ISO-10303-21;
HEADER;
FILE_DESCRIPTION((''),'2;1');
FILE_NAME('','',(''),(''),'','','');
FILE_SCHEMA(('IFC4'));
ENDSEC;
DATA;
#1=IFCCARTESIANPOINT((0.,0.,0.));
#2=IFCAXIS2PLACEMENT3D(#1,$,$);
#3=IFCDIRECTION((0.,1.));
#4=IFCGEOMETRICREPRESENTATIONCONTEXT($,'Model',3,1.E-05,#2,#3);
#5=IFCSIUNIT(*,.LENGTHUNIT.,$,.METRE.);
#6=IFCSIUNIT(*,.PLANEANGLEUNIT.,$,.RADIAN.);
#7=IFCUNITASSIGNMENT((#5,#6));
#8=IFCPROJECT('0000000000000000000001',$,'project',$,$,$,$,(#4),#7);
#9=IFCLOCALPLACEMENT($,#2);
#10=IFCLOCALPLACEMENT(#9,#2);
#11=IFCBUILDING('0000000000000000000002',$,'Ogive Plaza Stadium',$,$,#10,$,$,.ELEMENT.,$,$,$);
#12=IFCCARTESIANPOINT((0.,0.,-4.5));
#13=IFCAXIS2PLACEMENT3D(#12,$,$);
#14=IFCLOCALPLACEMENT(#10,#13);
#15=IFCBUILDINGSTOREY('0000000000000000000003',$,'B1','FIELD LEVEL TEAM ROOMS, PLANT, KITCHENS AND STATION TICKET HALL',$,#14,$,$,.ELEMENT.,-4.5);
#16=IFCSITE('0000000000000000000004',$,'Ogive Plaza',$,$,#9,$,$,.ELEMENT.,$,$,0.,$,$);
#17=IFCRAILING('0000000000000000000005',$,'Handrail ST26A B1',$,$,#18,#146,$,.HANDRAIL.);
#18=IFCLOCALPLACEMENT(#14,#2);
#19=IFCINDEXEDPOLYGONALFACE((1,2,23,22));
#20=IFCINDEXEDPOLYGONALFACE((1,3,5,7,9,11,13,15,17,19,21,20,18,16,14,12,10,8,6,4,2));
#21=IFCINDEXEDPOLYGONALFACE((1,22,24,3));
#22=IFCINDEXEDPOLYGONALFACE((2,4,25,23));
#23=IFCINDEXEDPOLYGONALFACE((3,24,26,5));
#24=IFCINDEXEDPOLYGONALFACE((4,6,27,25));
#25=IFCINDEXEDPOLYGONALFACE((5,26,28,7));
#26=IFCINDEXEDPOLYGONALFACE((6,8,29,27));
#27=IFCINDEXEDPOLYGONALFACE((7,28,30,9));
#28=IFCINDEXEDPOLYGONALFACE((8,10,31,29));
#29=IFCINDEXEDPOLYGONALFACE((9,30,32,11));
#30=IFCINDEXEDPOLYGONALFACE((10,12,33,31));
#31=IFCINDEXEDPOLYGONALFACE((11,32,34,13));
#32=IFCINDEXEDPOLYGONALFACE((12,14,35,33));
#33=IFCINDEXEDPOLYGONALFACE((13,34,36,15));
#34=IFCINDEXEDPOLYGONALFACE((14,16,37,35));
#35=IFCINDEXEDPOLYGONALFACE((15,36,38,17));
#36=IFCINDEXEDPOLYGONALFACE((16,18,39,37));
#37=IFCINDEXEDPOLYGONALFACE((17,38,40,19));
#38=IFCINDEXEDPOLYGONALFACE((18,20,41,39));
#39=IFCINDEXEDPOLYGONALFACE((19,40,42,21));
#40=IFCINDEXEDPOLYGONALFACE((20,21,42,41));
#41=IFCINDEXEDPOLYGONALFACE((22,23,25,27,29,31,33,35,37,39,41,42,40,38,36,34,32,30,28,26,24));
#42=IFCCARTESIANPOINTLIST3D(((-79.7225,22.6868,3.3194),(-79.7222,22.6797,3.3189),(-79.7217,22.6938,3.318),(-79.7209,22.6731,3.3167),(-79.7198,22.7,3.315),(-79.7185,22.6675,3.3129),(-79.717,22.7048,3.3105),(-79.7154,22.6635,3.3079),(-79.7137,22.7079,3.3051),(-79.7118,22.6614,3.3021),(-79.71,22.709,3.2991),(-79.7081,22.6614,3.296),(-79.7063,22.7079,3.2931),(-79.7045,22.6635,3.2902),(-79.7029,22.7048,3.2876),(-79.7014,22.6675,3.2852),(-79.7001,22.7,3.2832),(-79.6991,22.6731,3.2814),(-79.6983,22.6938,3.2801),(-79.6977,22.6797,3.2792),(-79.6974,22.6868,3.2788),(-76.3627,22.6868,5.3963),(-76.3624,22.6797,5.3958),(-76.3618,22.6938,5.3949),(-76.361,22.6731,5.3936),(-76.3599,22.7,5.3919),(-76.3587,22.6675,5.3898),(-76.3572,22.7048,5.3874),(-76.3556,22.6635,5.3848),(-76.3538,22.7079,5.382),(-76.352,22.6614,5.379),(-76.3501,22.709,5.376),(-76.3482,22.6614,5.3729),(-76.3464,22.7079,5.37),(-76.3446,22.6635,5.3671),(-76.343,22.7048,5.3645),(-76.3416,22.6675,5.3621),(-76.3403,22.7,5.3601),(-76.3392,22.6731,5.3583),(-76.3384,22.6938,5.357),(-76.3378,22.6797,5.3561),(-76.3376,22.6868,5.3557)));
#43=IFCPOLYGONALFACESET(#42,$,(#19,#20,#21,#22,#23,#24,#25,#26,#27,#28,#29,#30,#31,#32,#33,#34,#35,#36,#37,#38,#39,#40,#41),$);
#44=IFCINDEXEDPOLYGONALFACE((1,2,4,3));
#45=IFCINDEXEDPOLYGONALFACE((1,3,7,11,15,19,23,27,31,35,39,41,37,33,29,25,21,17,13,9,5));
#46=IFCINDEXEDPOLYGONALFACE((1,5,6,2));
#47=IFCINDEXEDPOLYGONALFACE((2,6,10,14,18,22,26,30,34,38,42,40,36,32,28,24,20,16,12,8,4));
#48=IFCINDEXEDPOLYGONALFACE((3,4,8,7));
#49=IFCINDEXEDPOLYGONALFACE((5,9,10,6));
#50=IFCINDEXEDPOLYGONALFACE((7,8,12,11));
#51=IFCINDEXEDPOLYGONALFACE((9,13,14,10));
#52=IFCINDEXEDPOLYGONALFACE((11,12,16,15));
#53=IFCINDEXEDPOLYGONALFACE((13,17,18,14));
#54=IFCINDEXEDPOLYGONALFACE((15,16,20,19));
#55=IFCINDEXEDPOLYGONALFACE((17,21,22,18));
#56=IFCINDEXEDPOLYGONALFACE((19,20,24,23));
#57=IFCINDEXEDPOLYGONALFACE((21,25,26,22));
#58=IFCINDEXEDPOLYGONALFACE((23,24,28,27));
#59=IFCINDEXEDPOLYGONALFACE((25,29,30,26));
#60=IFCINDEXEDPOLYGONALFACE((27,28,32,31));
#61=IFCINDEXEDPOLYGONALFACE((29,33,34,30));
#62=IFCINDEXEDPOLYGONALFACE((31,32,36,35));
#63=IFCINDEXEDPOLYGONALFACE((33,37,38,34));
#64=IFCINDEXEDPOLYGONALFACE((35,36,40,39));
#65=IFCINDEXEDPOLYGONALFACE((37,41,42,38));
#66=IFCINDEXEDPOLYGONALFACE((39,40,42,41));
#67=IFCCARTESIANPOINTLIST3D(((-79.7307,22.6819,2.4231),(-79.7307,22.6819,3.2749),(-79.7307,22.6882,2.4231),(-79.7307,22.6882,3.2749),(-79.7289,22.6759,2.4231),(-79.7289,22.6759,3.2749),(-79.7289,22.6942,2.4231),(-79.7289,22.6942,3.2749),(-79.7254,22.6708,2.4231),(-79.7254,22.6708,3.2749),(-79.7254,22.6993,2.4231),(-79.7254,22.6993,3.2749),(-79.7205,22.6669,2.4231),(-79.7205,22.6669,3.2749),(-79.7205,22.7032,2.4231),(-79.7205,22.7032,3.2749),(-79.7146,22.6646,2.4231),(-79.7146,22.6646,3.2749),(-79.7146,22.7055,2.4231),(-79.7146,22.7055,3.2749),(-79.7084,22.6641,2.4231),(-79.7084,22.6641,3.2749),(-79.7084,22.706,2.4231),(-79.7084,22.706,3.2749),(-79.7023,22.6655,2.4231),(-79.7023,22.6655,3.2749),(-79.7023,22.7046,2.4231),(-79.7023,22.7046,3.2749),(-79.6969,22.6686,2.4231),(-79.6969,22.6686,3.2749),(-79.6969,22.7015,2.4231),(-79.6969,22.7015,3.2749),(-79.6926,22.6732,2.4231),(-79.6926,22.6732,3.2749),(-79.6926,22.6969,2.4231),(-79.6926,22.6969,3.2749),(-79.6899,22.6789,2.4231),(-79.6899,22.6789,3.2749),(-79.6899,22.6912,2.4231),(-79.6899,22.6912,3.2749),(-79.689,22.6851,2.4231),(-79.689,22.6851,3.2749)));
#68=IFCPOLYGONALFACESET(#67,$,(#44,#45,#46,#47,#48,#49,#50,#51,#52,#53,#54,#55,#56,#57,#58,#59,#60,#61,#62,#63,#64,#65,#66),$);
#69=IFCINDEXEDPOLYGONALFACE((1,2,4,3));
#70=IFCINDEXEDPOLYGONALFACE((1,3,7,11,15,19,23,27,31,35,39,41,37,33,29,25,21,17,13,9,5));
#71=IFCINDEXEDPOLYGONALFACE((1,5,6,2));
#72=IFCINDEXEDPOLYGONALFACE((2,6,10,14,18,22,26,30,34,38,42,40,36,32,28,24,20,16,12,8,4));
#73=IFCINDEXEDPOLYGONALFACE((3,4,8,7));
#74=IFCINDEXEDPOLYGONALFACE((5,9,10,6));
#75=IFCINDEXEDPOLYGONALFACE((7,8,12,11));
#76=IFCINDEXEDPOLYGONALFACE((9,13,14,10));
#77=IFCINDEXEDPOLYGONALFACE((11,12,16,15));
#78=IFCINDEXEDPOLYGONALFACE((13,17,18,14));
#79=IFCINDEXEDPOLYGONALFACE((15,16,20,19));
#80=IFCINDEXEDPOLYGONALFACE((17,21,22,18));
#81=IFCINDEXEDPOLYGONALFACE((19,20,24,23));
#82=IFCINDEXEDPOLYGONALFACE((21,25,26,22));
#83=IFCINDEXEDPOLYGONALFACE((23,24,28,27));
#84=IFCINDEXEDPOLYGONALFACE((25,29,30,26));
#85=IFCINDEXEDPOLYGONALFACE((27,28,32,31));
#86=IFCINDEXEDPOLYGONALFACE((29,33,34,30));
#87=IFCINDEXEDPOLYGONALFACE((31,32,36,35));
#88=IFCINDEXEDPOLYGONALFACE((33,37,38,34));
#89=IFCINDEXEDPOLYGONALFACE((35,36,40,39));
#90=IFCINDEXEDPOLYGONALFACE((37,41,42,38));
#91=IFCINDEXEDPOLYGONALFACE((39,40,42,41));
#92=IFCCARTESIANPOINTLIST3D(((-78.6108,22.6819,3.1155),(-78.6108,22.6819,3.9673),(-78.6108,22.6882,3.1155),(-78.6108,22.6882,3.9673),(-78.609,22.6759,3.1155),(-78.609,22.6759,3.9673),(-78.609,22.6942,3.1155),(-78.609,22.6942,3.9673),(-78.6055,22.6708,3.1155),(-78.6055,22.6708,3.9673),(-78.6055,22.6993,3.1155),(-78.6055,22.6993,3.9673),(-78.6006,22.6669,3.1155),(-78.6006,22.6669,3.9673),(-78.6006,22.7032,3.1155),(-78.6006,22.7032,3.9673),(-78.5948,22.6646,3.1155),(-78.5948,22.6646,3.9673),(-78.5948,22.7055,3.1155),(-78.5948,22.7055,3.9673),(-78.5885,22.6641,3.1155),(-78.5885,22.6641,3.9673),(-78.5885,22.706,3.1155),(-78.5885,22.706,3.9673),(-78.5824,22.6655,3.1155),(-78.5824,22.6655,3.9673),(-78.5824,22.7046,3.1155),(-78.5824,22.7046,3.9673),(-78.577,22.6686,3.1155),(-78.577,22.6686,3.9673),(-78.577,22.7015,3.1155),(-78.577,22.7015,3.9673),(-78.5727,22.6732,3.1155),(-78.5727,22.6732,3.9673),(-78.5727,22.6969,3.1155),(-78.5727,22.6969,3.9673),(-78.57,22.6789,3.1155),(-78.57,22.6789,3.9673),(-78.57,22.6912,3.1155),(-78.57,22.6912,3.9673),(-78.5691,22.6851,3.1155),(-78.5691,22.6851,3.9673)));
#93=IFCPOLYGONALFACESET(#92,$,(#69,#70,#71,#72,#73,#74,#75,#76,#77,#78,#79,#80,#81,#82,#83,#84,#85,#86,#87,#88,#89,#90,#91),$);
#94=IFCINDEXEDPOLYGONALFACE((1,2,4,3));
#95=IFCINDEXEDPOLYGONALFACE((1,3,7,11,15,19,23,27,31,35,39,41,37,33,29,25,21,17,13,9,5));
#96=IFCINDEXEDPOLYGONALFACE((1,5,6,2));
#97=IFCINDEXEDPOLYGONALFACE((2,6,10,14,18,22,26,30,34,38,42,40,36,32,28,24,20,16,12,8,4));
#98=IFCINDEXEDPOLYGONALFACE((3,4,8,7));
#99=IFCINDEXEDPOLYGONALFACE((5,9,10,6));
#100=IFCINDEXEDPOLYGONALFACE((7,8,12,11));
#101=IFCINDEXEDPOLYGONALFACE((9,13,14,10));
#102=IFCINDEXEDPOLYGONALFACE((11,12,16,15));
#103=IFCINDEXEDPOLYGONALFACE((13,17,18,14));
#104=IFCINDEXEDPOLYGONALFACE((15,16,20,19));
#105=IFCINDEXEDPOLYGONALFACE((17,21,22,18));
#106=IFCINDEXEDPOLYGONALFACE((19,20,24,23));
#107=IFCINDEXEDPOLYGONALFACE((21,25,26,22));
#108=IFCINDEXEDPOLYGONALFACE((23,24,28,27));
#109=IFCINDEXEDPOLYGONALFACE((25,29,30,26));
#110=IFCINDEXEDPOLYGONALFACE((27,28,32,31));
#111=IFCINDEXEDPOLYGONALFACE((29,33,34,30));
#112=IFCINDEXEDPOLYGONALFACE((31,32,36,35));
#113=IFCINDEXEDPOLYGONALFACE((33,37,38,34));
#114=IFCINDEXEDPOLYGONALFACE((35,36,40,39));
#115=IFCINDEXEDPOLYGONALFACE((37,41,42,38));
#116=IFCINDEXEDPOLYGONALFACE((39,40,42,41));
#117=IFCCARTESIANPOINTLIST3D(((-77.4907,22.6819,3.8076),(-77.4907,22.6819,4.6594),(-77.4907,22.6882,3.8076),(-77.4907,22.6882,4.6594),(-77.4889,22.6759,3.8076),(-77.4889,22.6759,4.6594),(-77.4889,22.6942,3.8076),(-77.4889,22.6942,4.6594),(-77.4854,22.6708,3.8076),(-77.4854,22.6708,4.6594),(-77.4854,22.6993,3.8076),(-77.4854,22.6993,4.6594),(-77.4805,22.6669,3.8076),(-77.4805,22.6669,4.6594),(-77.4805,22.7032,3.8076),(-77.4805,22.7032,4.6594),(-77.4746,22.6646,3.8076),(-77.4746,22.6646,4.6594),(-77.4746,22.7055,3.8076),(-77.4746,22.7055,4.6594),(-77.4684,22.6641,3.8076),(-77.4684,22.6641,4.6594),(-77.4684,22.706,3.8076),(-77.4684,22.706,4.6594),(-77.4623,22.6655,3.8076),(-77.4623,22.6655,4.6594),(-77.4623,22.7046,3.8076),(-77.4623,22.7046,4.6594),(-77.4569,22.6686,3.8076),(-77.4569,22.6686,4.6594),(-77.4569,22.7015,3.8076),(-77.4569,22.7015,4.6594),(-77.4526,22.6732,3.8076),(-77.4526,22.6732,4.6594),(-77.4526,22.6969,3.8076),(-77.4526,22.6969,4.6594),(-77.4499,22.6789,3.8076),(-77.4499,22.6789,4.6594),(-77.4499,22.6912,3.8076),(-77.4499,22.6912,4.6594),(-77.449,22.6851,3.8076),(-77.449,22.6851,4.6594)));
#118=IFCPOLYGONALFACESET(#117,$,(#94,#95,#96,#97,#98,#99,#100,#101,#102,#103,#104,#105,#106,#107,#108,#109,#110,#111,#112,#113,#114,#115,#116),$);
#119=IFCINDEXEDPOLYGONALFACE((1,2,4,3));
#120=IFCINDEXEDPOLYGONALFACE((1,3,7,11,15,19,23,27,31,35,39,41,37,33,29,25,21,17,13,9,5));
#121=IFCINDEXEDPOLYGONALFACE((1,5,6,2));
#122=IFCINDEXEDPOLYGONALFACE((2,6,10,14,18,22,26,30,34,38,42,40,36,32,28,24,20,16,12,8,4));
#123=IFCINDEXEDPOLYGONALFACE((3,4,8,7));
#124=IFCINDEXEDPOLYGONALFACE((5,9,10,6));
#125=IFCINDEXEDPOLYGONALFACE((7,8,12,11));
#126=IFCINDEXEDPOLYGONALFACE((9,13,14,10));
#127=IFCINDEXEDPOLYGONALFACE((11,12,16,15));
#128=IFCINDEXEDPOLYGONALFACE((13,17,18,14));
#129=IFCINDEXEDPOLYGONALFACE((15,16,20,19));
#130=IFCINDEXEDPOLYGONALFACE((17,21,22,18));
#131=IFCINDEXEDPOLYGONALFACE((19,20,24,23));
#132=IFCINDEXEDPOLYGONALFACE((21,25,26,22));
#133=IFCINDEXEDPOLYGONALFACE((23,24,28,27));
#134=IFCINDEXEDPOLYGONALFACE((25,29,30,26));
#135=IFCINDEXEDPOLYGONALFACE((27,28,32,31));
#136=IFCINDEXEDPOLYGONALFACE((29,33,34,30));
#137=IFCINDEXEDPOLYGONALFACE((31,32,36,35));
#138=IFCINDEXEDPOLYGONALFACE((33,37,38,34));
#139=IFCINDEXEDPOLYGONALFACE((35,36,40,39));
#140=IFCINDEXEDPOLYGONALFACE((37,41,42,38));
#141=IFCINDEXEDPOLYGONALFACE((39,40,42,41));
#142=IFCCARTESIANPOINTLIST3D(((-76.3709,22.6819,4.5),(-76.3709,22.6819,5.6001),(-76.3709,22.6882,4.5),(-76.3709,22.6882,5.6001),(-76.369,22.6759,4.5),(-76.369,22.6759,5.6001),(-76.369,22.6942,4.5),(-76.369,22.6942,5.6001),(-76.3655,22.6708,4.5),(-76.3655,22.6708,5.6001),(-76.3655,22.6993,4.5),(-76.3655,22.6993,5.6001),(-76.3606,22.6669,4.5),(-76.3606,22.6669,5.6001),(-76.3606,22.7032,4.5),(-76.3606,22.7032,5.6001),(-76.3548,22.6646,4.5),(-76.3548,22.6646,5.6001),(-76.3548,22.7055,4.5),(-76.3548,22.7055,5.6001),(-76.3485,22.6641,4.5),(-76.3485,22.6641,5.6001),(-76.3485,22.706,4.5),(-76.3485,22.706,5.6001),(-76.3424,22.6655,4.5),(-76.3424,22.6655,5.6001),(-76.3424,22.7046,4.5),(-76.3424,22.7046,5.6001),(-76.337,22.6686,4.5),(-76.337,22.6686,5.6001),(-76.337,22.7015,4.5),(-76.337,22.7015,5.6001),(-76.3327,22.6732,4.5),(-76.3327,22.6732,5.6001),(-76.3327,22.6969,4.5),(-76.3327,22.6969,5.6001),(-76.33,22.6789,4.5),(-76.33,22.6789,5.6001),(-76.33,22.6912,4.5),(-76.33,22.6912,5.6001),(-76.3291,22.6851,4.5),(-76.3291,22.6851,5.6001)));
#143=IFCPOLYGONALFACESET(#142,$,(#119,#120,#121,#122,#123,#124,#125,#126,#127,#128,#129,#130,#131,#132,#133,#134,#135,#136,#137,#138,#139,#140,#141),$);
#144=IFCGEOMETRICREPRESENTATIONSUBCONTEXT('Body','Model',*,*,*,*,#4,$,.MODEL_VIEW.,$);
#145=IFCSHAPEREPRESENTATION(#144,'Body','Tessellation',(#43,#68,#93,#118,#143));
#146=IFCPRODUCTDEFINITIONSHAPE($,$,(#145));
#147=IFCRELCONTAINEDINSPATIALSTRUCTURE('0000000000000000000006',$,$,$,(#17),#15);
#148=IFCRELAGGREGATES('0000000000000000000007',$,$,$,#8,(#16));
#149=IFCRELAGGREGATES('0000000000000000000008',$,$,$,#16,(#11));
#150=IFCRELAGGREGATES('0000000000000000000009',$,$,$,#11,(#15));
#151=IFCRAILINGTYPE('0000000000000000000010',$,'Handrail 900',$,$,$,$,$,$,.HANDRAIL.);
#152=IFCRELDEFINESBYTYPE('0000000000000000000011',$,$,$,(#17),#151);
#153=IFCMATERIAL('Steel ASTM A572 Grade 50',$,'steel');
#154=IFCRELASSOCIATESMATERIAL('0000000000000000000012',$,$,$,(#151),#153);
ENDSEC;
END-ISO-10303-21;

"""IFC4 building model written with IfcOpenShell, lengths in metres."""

from ifc_helpers import new_model, si_unit, direction, frame, origin, origin_2d, place, context, subcontext, project, spatial, circle, extrude, material, type_object, element, save


model = new_model("IFC4")

# Units and contexts
model_context = context("Model", 3, precision=1e-05, world=origin(), true_north=direction((0.0, 1.0)))
body_context = subcontext(model_context, "Body", "Model", "MODEL_VIEW")
ifc_project = project(units=[si_unit("LENGTHUNIT", "METRE"), si_unit("PLANEANGLEUNIT", "RADIAN")], contexts=[model_context])

# Site, building, storey
site_placement = place(None, origin())
site = spatial("IfcSite", under=ifc_project, at=site_placement, Name="Ogive Plaza", CompositionType="ELEMENT", RefElevation=0.0)
building_placement = place(site_placement, origin())
building = spatial("IfcBuilding", under=site, at=building_placement, Name="Ogive Plaza Stadium", CompositionType="ELEMENT")
storey_placement = place(building_placement, frame((0.0, 0.0, -4.5)))
storey = spatial("IfcBuildingStorey", under=building, at=storey_placement, Name="B1", Description="FIELD LEVEL TEAM ROOMS, PLANT, KITCHENS AND STATION TICKET HALL", CompositionType="ELEMENT", Elevation=-4.5)

# Railing
ifc_material_1 = material(Name="Steel ASTM A572 Grade 50", Category="steel")
railing_type_1 = type_object("IfcRailingType", Name="Handrail 900", PredefinedType="HANDRAIL", material=ifc_material_1)
railing_1_placement = place(storey_placement, frame((-79.71, 22.6851, 2.4231)))
element("IfcRailing", 1, at=railing_1_placement, inside=storey, type_object=railing_type_1, Name="Handrail ST26A B1", PredefinedType="HANDRAIL", context=body_context, shape_type="SweptSolid", body=[
    extrude(circle(Radius=0.0239, at=origin_2d()), frame((0.0, 0.0, 0.876), z_axis=(0.850606, 0.0, 0.525803), x_axis=(0.0, 1.0, 0.0)), (0.0, 0.0, 1.0), 3.95),
    extrude(circle(Radius=0.021, at=origin_2d()), origin(), (0.0, 0.0, 1.0), 0.8518),
    extrude(circle(Radius=0.021, at=origin_2d()), frame((1.1199, 0.0, 0.6924)), (0.0, 0.0, 1.0), 0.8518),
    extrude(circle(Radius=0.021, at=origin_2d()), frame((2.24, 0.0, 1.3845)), (0.0, 0.0, 1.0), 0.8518),
    extrude(circle(Radius=0.021, at=origin_2d()), frame((3.3599, 0.0, 2.0769)), (0.0, 0.0, 1.0), 1.1001),
])

save(model, "model.ifc")
